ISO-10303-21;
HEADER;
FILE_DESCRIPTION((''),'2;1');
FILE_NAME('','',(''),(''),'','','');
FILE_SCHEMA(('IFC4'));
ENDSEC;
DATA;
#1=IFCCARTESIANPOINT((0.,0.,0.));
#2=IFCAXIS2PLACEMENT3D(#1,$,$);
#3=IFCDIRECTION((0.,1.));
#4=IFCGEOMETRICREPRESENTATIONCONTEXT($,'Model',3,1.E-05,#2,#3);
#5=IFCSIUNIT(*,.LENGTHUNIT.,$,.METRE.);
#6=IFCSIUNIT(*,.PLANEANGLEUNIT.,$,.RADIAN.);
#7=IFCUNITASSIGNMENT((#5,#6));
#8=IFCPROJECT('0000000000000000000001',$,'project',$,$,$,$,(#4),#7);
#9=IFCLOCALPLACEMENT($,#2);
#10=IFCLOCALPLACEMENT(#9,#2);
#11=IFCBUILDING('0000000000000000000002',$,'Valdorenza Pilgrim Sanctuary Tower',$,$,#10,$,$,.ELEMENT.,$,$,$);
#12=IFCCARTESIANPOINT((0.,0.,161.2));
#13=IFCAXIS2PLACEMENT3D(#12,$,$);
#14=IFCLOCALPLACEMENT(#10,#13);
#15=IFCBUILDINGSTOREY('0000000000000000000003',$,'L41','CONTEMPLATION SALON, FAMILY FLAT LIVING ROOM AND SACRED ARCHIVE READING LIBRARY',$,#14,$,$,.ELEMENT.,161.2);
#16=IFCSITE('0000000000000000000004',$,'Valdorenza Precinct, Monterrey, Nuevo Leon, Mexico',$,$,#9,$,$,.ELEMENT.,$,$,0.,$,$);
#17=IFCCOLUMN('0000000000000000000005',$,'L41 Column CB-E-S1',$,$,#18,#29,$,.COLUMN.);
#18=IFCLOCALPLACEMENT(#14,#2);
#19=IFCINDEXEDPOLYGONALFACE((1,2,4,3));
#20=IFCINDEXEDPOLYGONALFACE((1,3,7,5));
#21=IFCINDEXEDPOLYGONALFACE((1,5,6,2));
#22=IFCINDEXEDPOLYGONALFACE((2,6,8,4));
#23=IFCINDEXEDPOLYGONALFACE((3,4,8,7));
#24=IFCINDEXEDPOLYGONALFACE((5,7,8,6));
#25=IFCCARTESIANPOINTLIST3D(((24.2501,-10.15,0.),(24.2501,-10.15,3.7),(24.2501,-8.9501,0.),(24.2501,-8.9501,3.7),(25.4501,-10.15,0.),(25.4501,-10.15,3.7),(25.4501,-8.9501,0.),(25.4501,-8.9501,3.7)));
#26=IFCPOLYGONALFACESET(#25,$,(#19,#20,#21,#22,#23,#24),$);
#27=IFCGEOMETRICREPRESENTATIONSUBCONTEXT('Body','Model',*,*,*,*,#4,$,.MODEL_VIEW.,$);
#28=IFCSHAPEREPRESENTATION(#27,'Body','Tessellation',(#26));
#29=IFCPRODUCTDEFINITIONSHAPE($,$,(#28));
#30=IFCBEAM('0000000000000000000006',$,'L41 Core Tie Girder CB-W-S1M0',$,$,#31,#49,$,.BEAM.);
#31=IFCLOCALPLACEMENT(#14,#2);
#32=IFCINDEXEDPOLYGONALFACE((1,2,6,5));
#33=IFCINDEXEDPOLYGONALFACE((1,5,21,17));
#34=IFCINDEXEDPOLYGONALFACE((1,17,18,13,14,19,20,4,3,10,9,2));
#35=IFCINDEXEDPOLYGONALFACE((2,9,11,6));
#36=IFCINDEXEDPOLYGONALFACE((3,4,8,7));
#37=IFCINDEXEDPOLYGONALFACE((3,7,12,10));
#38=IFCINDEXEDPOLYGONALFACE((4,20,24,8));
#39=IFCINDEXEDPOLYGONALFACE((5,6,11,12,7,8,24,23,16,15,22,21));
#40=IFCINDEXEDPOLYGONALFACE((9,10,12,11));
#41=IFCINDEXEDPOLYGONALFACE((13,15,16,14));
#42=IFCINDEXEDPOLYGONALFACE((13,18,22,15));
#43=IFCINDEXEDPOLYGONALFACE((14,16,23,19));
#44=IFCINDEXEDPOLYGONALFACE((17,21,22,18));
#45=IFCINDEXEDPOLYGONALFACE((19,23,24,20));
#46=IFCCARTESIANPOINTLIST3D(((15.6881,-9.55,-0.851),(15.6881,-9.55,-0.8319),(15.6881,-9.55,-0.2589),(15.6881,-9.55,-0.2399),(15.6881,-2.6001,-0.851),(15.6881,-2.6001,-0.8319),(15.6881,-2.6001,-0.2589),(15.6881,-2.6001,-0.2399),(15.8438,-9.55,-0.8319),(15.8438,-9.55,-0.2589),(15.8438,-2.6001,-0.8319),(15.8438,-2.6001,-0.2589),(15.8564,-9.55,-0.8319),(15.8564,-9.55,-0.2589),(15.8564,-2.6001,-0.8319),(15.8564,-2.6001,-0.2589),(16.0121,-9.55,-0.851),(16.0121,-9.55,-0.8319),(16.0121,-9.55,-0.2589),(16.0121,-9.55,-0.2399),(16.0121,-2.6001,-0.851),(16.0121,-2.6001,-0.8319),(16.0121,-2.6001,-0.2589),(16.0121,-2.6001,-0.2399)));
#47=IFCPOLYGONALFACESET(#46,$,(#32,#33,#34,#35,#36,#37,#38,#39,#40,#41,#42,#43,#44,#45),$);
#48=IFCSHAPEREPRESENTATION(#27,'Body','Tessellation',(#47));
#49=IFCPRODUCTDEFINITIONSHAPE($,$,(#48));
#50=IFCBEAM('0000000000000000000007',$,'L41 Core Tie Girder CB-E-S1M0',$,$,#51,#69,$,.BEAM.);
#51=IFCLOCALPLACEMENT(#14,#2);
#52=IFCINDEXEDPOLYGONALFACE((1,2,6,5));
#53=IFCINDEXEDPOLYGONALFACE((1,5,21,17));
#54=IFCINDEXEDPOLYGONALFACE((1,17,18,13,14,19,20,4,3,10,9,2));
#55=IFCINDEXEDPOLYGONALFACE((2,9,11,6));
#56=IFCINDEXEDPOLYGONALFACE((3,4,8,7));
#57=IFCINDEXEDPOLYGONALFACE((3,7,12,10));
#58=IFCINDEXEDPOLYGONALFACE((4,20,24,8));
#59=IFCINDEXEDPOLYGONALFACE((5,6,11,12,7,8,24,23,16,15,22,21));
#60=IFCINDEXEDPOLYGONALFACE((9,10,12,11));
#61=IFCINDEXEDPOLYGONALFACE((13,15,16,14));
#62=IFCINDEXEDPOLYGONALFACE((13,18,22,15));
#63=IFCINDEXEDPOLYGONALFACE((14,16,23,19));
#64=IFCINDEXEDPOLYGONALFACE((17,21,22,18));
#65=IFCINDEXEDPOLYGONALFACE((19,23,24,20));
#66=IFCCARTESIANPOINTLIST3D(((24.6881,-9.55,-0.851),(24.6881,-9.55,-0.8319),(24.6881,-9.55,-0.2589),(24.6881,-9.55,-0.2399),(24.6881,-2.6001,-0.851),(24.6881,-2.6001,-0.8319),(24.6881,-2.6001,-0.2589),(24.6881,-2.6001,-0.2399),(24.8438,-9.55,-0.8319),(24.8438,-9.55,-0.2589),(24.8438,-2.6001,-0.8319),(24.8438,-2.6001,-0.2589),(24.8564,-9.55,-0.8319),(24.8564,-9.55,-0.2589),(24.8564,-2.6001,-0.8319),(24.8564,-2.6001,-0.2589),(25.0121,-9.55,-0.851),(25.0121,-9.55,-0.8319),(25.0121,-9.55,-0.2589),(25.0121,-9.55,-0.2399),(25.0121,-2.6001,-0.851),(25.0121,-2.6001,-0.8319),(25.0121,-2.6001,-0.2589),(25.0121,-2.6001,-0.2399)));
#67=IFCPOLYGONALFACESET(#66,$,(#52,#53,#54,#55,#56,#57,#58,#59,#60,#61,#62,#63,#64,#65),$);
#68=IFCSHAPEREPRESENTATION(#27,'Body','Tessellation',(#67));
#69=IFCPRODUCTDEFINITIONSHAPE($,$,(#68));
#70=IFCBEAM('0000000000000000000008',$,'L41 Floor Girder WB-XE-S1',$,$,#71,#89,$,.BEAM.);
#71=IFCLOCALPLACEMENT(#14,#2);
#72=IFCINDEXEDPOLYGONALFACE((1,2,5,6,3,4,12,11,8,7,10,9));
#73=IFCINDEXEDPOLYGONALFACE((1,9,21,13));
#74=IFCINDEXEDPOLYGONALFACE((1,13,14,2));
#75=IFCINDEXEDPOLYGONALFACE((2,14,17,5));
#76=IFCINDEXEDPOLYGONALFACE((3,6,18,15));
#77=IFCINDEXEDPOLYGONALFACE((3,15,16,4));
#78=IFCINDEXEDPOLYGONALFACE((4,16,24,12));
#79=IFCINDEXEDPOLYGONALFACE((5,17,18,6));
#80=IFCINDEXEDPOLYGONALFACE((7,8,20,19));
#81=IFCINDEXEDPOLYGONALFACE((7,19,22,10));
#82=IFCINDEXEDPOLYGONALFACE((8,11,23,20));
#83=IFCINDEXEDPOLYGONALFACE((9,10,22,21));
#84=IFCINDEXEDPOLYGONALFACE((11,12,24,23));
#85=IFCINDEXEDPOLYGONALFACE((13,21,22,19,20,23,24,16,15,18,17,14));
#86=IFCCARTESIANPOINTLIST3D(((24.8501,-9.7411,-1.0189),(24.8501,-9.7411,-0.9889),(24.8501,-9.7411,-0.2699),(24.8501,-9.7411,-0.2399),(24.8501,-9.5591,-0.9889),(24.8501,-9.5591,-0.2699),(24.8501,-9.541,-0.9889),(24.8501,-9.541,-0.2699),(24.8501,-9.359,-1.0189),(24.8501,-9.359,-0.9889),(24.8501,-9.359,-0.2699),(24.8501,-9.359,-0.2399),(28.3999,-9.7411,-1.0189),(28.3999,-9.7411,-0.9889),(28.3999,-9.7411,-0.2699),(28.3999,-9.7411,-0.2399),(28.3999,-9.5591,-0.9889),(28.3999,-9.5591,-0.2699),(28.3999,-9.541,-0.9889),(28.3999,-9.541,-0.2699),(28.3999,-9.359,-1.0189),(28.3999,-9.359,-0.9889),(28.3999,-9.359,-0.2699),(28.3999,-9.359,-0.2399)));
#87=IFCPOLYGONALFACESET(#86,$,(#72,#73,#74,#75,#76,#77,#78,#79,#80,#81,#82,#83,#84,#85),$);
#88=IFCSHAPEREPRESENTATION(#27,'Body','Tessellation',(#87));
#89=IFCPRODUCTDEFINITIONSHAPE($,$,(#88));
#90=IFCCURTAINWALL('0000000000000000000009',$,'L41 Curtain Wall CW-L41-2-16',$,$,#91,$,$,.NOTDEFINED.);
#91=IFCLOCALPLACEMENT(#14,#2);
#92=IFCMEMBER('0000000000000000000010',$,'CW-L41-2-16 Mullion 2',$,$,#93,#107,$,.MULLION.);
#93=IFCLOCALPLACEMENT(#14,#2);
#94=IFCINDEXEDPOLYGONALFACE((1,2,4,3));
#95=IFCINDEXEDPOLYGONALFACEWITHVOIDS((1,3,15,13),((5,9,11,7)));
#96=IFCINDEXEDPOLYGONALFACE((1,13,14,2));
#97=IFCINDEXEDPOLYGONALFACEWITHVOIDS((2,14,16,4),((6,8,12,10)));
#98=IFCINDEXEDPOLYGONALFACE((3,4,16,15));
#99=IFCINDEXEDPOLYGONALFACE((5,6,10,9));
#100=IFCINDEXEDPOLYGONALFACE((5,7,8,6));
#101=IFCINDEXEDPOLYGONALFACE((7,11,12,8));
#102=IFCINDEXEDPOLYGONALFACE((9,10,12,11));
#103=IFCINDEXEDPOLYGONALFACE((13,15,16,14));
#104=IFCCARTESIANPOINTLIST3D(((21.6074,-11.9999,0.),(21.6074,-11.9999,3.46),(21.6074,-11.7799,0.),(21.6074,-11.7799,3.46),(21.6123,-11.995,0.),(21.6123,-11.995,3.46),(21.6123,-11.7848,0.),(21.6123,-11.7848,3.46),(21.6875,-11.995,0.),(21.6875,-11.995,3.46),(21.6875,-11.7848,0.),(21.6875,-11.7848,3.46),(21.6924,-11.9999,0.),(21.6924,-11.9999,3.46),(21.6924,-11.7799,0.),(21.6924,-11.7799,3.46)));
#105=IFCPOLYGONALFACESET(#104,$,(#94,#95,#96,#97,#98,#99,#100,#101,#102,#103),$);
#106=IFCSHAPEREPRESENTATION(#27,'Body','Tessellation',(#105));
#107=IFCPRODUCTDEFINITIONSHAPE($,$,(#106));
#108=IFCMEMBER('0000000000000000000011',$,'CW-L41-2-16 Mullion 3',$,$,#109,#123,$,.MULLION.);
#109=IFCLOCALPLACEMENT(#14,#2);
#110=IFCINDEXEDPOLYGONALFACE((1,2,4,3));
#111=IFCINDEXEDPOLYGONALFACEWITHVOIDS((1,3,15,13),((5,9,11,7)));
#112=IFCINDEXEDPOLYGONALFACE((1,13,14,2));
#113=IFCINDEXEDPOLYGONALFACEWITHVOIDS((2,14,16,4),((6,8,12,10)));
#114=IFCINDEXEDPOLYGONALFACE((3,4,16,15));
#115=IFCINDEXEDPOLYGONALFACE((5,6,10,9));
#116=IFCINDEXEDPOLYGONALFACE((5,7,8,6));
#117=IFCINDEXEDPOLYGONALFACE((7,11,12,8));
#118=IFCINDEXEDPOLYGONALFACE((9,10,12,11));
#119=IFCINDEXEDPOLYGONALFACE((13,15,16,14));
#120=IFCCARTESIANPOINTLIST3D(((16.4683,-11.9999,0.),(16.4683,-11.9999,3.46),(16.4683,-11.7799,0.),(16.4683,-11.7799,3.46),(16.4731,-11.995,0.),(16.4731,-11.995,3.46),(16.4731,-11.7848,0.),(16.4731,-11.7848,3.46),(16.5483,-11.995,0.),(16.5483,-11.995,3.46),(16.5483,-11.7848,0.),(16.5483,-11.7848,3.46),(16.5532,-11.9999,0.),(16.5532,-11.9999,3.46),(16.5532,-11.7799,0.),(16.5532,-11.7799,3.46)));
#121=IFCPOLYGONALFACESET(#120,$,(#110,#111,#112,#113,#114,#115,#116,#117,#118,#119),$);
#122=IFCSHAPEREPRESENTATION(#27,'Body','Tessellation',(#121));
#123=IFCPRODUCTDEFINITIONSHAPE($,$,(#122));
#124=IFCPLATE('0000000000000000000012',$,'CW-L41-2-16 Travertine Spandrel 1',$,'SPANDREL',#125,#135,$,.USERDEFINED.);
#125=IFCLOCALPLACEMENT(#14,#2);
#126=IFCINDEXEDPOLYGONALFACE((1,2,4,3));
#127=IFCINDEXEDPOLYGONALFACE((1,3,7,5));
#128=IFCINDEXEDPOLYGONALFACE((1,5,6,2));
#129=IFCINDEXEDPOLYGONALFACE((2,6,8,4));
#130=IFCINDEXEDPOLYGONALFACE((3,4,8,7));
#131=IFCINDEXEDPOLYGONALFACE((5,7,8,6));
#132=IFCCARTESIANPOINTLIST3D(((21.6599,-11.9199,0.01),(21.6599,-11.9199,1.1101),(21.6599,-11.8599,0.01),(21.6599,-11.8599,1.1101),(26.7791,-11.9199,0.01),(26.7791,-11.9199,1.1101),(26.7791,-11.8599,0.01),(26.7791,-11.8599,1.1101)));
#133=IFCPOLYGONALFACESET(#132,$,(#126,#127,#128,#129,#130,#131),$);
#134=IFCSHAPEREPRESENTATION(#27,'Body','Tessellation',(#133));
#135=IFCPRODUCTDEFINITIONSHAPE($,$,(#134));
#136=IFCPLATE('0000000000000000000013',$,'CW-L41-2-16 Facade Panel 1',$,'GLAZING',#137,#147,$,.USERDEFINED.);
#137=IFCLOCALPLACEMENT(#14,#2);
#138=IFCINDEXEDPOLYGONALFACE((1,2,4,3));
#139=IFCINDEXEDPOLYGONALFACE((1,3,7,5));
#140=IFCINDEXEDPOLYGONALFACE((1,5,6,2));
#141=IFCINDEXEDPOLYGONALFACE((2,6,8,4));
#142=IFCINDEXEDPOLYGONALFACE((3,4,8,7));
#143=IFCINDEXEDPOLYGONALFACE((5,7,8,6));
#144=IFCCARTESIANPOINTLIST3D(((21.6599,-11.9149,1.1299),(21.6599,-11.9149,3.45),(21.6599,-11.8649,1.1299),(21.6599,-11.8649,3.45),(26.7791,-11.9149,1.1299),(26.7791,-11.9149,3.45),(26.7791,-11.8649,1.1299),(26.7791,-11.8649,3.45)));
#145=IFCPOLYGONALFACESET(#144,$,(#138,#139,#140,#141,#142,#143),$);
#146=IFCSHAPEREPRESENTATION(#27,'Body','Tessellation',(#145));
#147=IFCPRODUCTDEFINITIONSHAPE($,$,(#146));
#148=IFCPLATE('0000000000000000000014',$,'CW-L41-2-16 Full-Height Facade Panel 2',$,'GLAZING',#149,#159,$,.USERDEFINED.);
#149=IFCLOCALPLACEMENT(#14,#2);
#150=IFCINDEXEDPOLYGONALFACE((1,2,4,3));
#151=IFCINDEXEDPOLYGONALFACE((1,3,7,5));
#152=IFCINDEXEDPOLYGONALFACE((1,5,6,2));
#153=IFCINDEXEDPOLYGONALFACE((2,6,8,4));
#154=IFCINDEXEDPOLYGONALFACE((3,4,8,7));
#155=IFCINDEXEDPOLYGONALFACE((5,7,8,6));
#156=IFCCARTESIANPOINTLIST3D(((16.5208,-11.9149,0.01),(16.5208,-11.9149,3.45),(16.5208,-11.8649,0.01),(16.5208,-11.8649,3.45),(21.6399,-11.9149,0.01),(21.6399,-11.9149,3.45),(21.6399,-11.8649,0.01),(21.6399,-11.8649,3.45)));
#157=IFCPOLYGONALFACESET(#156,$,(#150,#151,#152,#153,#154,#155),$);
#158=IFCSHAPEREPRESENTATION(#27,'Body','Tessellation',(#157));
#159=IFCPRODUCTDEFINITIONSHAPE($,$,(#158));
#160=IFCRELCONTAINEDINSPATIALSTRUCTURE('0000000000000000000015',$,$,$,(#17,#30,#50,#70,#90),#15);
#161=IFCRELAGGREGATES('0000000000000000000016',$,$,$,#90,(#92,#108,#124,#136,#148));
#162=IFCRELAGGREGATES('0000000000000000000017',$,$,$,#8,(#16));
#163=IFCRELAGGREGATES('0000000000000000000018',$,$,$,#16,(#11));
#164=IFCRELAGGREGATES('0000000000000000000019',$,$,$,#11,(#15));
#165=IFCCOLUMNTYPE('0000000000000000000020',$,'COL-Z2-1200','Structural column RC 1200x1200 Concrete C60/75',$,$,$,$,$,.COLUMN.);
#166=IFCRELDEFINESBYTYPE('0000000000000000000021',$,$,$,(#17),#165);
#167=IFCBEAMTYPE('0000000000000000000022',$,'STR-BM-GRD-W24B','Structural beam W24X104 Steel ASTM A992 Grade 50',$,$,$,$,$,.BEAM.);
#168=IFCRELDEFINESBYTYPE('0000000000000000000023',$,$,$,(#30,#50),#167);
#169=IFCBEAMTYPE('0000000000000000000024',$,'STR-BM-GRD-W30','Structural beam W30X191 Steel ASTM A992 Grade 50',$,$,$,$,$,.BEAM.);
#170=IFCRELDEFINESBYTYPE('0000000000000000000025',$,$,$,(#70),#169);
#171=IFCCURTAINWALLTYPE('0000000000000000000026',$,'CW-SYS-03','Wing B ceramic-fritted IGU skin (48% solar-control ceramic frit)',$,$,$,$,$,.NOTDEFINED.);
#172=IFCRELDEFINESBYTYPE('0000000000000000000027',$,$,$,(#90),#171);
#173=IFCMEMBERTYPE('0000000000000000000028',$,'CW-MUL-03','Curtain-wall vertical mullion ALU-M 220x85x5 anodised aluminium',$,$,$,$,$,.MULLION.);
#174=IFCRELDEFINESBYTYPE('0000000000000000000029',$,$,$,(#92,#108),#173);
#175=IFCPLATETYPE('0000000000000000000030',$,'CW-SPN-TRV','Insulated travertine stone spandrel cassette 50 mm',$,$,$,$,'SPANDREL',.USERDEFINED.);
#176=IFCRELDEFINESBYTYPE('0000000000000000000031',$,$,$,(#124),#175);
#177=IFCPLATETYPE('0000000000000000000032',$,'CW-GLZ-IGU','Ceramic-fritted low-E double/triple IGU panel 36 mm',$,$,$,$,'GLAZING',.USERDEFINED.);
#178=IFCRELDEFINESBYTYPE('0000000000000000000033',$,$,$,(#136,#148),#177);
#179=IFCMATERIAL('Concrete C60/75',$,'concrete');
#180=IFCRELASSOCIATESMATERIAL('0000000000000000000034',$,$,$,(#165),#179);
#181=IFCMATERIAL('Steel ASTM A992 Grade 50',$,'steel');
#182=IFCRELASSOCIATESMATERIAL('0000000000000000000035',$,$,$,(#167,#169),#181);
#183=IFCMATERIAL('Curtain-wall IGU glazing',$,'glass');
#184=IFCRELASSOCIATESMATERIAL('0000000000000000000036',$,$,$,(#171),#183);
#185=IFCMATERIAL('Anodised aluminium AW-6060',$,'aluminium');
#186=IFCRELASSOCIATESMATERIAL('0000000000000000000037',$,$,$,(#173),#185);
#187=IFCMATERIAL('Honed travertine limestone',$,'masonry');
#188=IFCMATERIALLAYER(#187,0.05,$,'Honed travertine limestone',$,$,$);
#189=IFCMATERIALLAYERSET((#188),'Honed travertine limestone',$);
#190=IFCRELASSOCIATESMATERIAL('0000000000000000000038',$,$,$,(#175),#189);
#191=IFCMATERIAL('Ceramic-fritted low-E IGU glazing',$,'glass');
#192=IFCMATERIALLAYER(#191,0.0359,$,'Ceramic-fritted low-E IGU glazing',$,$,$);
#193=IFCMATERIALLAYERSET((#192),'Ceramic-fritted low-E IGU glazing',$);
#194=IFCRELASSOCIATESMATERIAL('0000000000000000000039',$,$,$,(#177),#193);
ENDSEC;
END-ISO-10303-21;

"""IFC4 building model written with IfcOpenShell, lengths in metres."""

from ifc_helpers import new_model, si_unit, direction, frame, origin, origin_2d, place, context, subcontext, project, spatial, rectangle, hollow_rectangle, i_section, extrude, source, transform, mapped, material, layer, layer_set, material_profile, profile_set, type_object, element, aggregate, save


model = new_model("IFC4")

# Units and contexts
model_context = context("Model", 3, precision=1e-05, world=origin(), true_north=direction((0.0, 1.0)))
body_context = subcontext(model_context, "Body", "Model", "MODEL_VIEW")
ifc_project = project(units=[si_unit("LENGTHUNIT", "METRE"), si_unit("PLANEANGLEUNIT", "RADIAN")], contexts=[model_context])

# Site, building, storey
site_placement = place(None, origin())
site = spatial("IfcSite", under=ifc_project, at=site_placement, Name="Valdorenza Precinct, Monterrey, Nuevo Leon, Mexico", CompositionType="ELEMENT", RefElevation=0.0)
building_placement = place(site_placement, origin())
building = spatial("IfcBuilding", under=site, at=building_placement, Name="Valdorenza Pilgrim Sanctuary Tower", CompositionType="ELEMENT")
storey_placement = place(building_placement, frame((0.0, 0.0, 161.2)))
storey = spatial("IfcBuildingStorey", under=building, at=storey_placement, Name="L41", Description="CONTEMPLATION SALON, FAMILY FLAT LIVING ROOM AND SACRED ARCHIVE READING LIBRARY", CompositionType="ELEMENT", Elevation=161.2)

# Column
ifc_material_1 = material(Name="Concrete C60/75", Category="concrete")
ifc_material_profile_1 = material_profile(ifc_material_1, rectangle(XDim=1.2, YDim=1.2, at=origin_2d()), Name="RC 1200x1200")
ifc_profile_set_1 = profile_set([ifc_material_profile_1], Name="Concrete C60/75")
column_type = type_object("IfcColumnType", Name="COL-Z2-1200", Description="Structural column RC 1200x1200 Concrete C60/75", PredefinedType="COLUMN", material=ifc_profile_set_1)
shared_shape_1 = source(origin(), body_context, "Body", "SweptSolid", [
    extrude(rectangle(XDim=1.2, YDim=1.2, at=origin_2d()), origin(), (0.0, 0.0, 1.0), 3.7),
])
column_placement = place(storey_placement, frame((24.8501, -9.55, 0.0), z_axis=(0.0, 0.0, 1.0), x_axis=(1.0, 0.0, 0.0)))
element("IfcColumn", 1, at=column_placement, inside=storey, type_object=column_type, Name="L41 Column CB-E-S1", PredefinedType="COLUMN", context=body_context, shape_type="MappedRepresentation", body=[
    mapped(shared_shape_1, transform((0.0, 0.0, 0.0), x_axis=(1.0, 0.0, 0.0), y_axis=(0.0, 1.0, 0.0), z_axis=(0.0, 0.0, 1.0), scale=1.0)),
])

# Beams
ifc_material_2 = material(Name="Steel ASTM A992 Grade 50", Category="steel")
ifc_material_profile_2 = material_profile(ifc_material_2, i_section(OverallWidth=0.324, OverallDepth=0.6111, WebThickness=0.0127, FlangeThickness=0.019, at=origin_2d()), Name="W24X104")
ifc_profile_set_2 = profile_set([ifc_material_profile_2], Name="Steel ASTM A992 Grade 50")
beam_type_1 = type_object("IfcBeamType", Name="STR-BM-GRD-W24B", Description="Structural beam W24X104 Steel ASTM A992 Grade 50", PredefinedType="BEAM", material=ifc_profile_set_2)
shared_shape_2 = source(origin(), body_context, "Body", "SweptSolid", [
    extrude(i_section(OverallWidth=0.324, OverallDepth=0.6111, WebThickness=0.0127, FlangeThickness=0.019, at=origin_2d()), origin(), (0.0, 0.0, 1.0), 6.95),
])
for number, where, z_axis, x_axis, name in (
    (2, (15.8501, -9.55, -0.5454), (0.0, 1.0, 0.0), (-1.0, 0.0, 0.0), "L41 Core Tie Girder CB-W-S1M0"),
    (3, (24.8501, -9.55, -0.5454), (0.0, 1.0, 0.0), (-1.0, 0.0, 0.0), "L41 Core Tie Girder CB-E-S1M0"),
):
    element("IfcBeam", number, at=place(storey_placement, frame(where, z_axis=z_axis, x_axis=x_axis)), inside=storey, type_object=beam_type_1, Name=name, PredefinedType="BEAM", context=body_context, shape_type="MappedRepresentation", body=[
        mapped(shared_shape_2, transform((0.0, 0.0, 0.0), x_axis=(1.0, 0.0, 0.0), y_axis=(0.0, 1.0, 0.0), z_axis=(0.0, 0.0, 1.0), scale=1.0)),
    ])
ifc_material_profile_3 = material_profile(ifc_material_2, i_section(OverallWidth=0.3821, OverallDepth=0.7791, WebThickness=0.0181, FlangeThickness=0.03, at=origin_2d()), Name="W30X191")
ifc_profile_set_3 = profile_set([ifc_material_profile_3], Name="Steel ASTM A992 Grade 50")
beam_type_2 = type_object("IfcBeamType", Name="STR-BM-GRD-W30", Description="Structural beam W30X191 Steel ASTM A992 Grade 50", PredefinedType="BEAM", material=ifc_profile_set_3)
shared_shape_3 = source(origin(), body_context, "Body", "SweptSolid", [
    extrude(i_section(OverallWidth=0.3821, OverallDepth=0.7791, WebThickness=0.0181, FlangeThickness=0.03, at=origin_2d()), origin(), (0.0, 0.0, 1.0), 3.5498),
])
beam_placement = place(storey_placement, frame((24.8501, -9.55, -0.6294), z_axis=(1.0, 0.0, 0.0), x_axis=(0.0, 1.0, 0.0)))
element("IfcBeam", 4, at=beam_placement, inside=storey, type_object=beam_type_2, Name="L41 Floor Girder WB-XE-S1", PredefinedType="BEAM", context=body_context, shape_type="MappedRepresentation", body=[
    mapped(shared_shape_3, transform((0.0, 0.0, 0.0), x_axis=(1.0, 0.0, 0.0), y_axis=(0.0, 1.0, 0.0), z_axis=(0.0, 0.0, 1.0), scale=1.0)),
])

# Curtain wall, members, plates
ifc_material_3 = material(Name="Curtain-wall IGU glazing", Category="glass")
curtain_wall_type = type_object("IfcCurtainWallType", Name="CW-SYS-03", Description="Wing B ceramic-fritted IGU skin (48% solar-control ceramic frit)", PredefinedType="NOTDEFINED", material=ifc_material_3)
curtain_wall_placement = place(storey_placement, origin())
curtain_wall = element("IfcCurtainWall", 5, at=curtain_wall_placement, inside=storey, type_object=curtain_wall_type, Name="L41 Curtain Wall CW-L41-2-16", PredefinedType="NOTDEFINED")
ifc_material_4 = material(Name="Anodised aluminium AW-6060", Category="aluminium")
ifc_material_profile_4 = material_profile(ifc_material_4, hollow_rectangle(XDim=0.085, YDim=0.22, WallThickness=0.0049, at=origin_2d()), Name="ALU-M 220x85x5")
ifc_profile_set_4 = profile_set([ifc_material_profile_4], Name="Anodised aluminium AW-6060")
member_type = type_object("IfcMemberType", Name="CW-MUL-03", Description="Curtain-wall vertical mullion ALU-M 220x85x5 anodised aluminium", PredefinedType="MULLION", material=ifc_profile_set_4)
shared_shape_4 = source(origin(), body_context, "Body", "SweptSolid", [
    extrude(hollow_rectangle(XDim=0.085, YDim=0.22, WallThickness=0.0049, at=origin_2d()), origin(), (0.0, 0.0, 1.0), 3.46),
])
member_1_placement = place(storey_placement, frame((21.6499, -11.8899, 0.0), z_axis=(0.0, 0.0, 1.0), x_axis=(-1.0, 0.0, 0.0)))
member_1 = element("IfcMember", 6, at=member_1_placement, type_object=member_type, Name="CW-L41-2-16 Mullion 2", PredefinedType="MULLION", context=body_context, shape_type="MappedRepresentation", body=[
    mapped(shared_shape_4, transform((0.0, 0.0, 0.0), x_axis=(1.0, 0.0, 0.0), y_axis=(0.0, 1.0, 0.0), z_axis=(0.0, 0.0, 1.0), scale=1.0)),
])
member_2_placement = place(storey_placement, frame((16.5107, -11.8899, 0.0), z_axis=(0.0, 0.0, 1.0), x_axis=(-1.0, 0.0, 0.0)))
member_2 = element("IfcMember", 7, at=member_2_placement, type_object=member_type, Name="CW-L41-2-16 Mullion 3", PredefinedType="MULLION", context=body_context, shape_type="MappedRepresentation", body=[
    mapped(shared_shape_4, transform((0.0, 0.0, 0.0), x_axis=(1.0, 0.0, 0.0), y_axis=(0.0, 1.0, 0.0), z_axis=(0.0, 0.0, 1.0), scale=1.0)),
])
ifc_material_5 = material(Name="Honed travertine limestone", Category="masonry")
ifc_layer_1 = layer(ifc_material_5, 0.05, Name="Honed travertine limestone")
ifc_layer_set_1 = layer_set([ifc_layer_1], Name="Honed travertine limestone")
plate_type_1 = type_object("IfcPlateType", Name="CW-SPN-TRV", Description="Insulated travertine stone spandrel cassette 50 mm", ElementType="SPANDREL", PredefinedType="USERDEFINED", material=ifc_layer_set_1)
shared_shape_5 = source(origin(), body_context, "Body", "SweptSolid", [
    extrude(rectangle(XDim=5.1191, YDim=0.0601, at=origin_2d()), origin(), (0.0, 0.0, 1.0), 1.1001),
])
plate_1_placement = place(storey_placement, frame((24.2195, -11.8899, 0.01), z_axis=(0.0, 0.0, 1.0), x_axis=(-1.0, 0.0, 0.0)))
plate_1 = element("IfcPlate", 8, at=plate_1_placement, type_object=plate_type_1, Name="CW-L41-2-16 Travertine Spandrel 1", ObjectType="SPANDREL", PredefinedType="USERDEFINED", context=body_context, shape_type="MappedRepresentation", body=[
    mapped(shared_shape_5, transform((0.0, 0.0, 0.0), x_axis=(1.0, 0.0, 0.0), y_axis=(0.0, 1.0, 0.0), z_axis=(0.0, 0.0, 1.0), scale=1.0)),
])
ifc_material_6 = material(Name="Ceramic-fritted low-E IGU glazing", Category="glass")
ifc_layer_2 = layer(ifc_material_6, 0.0359, Name="Ceramic-fritted low-E IGU glazing")
ifc_layer_set_2 = layer_set([ifc_layer_2], Name="Ceramic-fritted low-E IGU glazing")
plate_type_2 = type_object("IfcPlateType", Name="CW-GLZ-IGU", Description="Ceramic-fritted low-E double/triple IGU panel 36 mm", ElementType="GLAZING", PredefinedType="USERDEFINED", material=ifc_layer_set_2)
shared_shape_6 = source(origin(), body_context, "Body", "SweptSolid", [
    extrude(rectangle(XDim=5.1191, YDim=0.05, at=origin_2d()), origin(), (0.0, 0.0, 1.0), 2.3201),
])
plate_2_placement = place(storey_placement, frame((24.2195, -11.8899, 1.1299), z_axis=(0.0, 0.0, 1.0), x_axis=(-1.0, 0.0, 0.0)))
plate_2 = element("IfcPlate", 9, at=plate_2_placement, type_object=plate_type_2, Name="CW-L41-2-16 Facade Panel 1", ObjectType="GLAZING", PredefinedType="USERDEFINED", context=body_context, shape_type="MappedRepresentation", body=[
    mapped(shared_shape_6, transform((0.0, 0.0, 0.0), x_axis=(1.0, 0.0, 0.0), y_axis=(0.0, 1.0, 0.0), z_axis=(0.0, 0.0, 1.0), scale=1.0)),
])
shared_shape_7 = source(origin(), body_context, "Body", "SweptSolid", [
    extrude(rectangle(XDim=5.1191, YDim=0.05, at=origin_2d()), origin(), (0.0, 0.0, 1.0), 3.4399),
])
plate_3_placement = place(storey_placement, frame((19.0803, -11.8899, 0.01), z_axis=(0.0, 0.0, 1.0), x_axis=(-1.0, 0.0, 0.0)))
plate_3 = element("IfcPlate", 10, at=plate_3_placement, type_object=plate_type_2, Name="CW-L41-2-16 Full-Height Facade Panel 2", ObjectType="GLAZING", PredefinedType="USERDEFINED", context=body_context, shape_type="MappedRepresentation", body=[
    mapped(shared_shape_7, transform((0.0, 0.0, 0.0), x_axis=(1.0, 0.0, 0.0), y_axis=(0.0, 1.0, 0.0), z_axis=(0.0, 0.0, 1.0), scale=1.0)),
])
aggregate(curtain_wall, [member_1, member_2, plate_1, plate_2, plate_3])

save(model, "model.ifc")
